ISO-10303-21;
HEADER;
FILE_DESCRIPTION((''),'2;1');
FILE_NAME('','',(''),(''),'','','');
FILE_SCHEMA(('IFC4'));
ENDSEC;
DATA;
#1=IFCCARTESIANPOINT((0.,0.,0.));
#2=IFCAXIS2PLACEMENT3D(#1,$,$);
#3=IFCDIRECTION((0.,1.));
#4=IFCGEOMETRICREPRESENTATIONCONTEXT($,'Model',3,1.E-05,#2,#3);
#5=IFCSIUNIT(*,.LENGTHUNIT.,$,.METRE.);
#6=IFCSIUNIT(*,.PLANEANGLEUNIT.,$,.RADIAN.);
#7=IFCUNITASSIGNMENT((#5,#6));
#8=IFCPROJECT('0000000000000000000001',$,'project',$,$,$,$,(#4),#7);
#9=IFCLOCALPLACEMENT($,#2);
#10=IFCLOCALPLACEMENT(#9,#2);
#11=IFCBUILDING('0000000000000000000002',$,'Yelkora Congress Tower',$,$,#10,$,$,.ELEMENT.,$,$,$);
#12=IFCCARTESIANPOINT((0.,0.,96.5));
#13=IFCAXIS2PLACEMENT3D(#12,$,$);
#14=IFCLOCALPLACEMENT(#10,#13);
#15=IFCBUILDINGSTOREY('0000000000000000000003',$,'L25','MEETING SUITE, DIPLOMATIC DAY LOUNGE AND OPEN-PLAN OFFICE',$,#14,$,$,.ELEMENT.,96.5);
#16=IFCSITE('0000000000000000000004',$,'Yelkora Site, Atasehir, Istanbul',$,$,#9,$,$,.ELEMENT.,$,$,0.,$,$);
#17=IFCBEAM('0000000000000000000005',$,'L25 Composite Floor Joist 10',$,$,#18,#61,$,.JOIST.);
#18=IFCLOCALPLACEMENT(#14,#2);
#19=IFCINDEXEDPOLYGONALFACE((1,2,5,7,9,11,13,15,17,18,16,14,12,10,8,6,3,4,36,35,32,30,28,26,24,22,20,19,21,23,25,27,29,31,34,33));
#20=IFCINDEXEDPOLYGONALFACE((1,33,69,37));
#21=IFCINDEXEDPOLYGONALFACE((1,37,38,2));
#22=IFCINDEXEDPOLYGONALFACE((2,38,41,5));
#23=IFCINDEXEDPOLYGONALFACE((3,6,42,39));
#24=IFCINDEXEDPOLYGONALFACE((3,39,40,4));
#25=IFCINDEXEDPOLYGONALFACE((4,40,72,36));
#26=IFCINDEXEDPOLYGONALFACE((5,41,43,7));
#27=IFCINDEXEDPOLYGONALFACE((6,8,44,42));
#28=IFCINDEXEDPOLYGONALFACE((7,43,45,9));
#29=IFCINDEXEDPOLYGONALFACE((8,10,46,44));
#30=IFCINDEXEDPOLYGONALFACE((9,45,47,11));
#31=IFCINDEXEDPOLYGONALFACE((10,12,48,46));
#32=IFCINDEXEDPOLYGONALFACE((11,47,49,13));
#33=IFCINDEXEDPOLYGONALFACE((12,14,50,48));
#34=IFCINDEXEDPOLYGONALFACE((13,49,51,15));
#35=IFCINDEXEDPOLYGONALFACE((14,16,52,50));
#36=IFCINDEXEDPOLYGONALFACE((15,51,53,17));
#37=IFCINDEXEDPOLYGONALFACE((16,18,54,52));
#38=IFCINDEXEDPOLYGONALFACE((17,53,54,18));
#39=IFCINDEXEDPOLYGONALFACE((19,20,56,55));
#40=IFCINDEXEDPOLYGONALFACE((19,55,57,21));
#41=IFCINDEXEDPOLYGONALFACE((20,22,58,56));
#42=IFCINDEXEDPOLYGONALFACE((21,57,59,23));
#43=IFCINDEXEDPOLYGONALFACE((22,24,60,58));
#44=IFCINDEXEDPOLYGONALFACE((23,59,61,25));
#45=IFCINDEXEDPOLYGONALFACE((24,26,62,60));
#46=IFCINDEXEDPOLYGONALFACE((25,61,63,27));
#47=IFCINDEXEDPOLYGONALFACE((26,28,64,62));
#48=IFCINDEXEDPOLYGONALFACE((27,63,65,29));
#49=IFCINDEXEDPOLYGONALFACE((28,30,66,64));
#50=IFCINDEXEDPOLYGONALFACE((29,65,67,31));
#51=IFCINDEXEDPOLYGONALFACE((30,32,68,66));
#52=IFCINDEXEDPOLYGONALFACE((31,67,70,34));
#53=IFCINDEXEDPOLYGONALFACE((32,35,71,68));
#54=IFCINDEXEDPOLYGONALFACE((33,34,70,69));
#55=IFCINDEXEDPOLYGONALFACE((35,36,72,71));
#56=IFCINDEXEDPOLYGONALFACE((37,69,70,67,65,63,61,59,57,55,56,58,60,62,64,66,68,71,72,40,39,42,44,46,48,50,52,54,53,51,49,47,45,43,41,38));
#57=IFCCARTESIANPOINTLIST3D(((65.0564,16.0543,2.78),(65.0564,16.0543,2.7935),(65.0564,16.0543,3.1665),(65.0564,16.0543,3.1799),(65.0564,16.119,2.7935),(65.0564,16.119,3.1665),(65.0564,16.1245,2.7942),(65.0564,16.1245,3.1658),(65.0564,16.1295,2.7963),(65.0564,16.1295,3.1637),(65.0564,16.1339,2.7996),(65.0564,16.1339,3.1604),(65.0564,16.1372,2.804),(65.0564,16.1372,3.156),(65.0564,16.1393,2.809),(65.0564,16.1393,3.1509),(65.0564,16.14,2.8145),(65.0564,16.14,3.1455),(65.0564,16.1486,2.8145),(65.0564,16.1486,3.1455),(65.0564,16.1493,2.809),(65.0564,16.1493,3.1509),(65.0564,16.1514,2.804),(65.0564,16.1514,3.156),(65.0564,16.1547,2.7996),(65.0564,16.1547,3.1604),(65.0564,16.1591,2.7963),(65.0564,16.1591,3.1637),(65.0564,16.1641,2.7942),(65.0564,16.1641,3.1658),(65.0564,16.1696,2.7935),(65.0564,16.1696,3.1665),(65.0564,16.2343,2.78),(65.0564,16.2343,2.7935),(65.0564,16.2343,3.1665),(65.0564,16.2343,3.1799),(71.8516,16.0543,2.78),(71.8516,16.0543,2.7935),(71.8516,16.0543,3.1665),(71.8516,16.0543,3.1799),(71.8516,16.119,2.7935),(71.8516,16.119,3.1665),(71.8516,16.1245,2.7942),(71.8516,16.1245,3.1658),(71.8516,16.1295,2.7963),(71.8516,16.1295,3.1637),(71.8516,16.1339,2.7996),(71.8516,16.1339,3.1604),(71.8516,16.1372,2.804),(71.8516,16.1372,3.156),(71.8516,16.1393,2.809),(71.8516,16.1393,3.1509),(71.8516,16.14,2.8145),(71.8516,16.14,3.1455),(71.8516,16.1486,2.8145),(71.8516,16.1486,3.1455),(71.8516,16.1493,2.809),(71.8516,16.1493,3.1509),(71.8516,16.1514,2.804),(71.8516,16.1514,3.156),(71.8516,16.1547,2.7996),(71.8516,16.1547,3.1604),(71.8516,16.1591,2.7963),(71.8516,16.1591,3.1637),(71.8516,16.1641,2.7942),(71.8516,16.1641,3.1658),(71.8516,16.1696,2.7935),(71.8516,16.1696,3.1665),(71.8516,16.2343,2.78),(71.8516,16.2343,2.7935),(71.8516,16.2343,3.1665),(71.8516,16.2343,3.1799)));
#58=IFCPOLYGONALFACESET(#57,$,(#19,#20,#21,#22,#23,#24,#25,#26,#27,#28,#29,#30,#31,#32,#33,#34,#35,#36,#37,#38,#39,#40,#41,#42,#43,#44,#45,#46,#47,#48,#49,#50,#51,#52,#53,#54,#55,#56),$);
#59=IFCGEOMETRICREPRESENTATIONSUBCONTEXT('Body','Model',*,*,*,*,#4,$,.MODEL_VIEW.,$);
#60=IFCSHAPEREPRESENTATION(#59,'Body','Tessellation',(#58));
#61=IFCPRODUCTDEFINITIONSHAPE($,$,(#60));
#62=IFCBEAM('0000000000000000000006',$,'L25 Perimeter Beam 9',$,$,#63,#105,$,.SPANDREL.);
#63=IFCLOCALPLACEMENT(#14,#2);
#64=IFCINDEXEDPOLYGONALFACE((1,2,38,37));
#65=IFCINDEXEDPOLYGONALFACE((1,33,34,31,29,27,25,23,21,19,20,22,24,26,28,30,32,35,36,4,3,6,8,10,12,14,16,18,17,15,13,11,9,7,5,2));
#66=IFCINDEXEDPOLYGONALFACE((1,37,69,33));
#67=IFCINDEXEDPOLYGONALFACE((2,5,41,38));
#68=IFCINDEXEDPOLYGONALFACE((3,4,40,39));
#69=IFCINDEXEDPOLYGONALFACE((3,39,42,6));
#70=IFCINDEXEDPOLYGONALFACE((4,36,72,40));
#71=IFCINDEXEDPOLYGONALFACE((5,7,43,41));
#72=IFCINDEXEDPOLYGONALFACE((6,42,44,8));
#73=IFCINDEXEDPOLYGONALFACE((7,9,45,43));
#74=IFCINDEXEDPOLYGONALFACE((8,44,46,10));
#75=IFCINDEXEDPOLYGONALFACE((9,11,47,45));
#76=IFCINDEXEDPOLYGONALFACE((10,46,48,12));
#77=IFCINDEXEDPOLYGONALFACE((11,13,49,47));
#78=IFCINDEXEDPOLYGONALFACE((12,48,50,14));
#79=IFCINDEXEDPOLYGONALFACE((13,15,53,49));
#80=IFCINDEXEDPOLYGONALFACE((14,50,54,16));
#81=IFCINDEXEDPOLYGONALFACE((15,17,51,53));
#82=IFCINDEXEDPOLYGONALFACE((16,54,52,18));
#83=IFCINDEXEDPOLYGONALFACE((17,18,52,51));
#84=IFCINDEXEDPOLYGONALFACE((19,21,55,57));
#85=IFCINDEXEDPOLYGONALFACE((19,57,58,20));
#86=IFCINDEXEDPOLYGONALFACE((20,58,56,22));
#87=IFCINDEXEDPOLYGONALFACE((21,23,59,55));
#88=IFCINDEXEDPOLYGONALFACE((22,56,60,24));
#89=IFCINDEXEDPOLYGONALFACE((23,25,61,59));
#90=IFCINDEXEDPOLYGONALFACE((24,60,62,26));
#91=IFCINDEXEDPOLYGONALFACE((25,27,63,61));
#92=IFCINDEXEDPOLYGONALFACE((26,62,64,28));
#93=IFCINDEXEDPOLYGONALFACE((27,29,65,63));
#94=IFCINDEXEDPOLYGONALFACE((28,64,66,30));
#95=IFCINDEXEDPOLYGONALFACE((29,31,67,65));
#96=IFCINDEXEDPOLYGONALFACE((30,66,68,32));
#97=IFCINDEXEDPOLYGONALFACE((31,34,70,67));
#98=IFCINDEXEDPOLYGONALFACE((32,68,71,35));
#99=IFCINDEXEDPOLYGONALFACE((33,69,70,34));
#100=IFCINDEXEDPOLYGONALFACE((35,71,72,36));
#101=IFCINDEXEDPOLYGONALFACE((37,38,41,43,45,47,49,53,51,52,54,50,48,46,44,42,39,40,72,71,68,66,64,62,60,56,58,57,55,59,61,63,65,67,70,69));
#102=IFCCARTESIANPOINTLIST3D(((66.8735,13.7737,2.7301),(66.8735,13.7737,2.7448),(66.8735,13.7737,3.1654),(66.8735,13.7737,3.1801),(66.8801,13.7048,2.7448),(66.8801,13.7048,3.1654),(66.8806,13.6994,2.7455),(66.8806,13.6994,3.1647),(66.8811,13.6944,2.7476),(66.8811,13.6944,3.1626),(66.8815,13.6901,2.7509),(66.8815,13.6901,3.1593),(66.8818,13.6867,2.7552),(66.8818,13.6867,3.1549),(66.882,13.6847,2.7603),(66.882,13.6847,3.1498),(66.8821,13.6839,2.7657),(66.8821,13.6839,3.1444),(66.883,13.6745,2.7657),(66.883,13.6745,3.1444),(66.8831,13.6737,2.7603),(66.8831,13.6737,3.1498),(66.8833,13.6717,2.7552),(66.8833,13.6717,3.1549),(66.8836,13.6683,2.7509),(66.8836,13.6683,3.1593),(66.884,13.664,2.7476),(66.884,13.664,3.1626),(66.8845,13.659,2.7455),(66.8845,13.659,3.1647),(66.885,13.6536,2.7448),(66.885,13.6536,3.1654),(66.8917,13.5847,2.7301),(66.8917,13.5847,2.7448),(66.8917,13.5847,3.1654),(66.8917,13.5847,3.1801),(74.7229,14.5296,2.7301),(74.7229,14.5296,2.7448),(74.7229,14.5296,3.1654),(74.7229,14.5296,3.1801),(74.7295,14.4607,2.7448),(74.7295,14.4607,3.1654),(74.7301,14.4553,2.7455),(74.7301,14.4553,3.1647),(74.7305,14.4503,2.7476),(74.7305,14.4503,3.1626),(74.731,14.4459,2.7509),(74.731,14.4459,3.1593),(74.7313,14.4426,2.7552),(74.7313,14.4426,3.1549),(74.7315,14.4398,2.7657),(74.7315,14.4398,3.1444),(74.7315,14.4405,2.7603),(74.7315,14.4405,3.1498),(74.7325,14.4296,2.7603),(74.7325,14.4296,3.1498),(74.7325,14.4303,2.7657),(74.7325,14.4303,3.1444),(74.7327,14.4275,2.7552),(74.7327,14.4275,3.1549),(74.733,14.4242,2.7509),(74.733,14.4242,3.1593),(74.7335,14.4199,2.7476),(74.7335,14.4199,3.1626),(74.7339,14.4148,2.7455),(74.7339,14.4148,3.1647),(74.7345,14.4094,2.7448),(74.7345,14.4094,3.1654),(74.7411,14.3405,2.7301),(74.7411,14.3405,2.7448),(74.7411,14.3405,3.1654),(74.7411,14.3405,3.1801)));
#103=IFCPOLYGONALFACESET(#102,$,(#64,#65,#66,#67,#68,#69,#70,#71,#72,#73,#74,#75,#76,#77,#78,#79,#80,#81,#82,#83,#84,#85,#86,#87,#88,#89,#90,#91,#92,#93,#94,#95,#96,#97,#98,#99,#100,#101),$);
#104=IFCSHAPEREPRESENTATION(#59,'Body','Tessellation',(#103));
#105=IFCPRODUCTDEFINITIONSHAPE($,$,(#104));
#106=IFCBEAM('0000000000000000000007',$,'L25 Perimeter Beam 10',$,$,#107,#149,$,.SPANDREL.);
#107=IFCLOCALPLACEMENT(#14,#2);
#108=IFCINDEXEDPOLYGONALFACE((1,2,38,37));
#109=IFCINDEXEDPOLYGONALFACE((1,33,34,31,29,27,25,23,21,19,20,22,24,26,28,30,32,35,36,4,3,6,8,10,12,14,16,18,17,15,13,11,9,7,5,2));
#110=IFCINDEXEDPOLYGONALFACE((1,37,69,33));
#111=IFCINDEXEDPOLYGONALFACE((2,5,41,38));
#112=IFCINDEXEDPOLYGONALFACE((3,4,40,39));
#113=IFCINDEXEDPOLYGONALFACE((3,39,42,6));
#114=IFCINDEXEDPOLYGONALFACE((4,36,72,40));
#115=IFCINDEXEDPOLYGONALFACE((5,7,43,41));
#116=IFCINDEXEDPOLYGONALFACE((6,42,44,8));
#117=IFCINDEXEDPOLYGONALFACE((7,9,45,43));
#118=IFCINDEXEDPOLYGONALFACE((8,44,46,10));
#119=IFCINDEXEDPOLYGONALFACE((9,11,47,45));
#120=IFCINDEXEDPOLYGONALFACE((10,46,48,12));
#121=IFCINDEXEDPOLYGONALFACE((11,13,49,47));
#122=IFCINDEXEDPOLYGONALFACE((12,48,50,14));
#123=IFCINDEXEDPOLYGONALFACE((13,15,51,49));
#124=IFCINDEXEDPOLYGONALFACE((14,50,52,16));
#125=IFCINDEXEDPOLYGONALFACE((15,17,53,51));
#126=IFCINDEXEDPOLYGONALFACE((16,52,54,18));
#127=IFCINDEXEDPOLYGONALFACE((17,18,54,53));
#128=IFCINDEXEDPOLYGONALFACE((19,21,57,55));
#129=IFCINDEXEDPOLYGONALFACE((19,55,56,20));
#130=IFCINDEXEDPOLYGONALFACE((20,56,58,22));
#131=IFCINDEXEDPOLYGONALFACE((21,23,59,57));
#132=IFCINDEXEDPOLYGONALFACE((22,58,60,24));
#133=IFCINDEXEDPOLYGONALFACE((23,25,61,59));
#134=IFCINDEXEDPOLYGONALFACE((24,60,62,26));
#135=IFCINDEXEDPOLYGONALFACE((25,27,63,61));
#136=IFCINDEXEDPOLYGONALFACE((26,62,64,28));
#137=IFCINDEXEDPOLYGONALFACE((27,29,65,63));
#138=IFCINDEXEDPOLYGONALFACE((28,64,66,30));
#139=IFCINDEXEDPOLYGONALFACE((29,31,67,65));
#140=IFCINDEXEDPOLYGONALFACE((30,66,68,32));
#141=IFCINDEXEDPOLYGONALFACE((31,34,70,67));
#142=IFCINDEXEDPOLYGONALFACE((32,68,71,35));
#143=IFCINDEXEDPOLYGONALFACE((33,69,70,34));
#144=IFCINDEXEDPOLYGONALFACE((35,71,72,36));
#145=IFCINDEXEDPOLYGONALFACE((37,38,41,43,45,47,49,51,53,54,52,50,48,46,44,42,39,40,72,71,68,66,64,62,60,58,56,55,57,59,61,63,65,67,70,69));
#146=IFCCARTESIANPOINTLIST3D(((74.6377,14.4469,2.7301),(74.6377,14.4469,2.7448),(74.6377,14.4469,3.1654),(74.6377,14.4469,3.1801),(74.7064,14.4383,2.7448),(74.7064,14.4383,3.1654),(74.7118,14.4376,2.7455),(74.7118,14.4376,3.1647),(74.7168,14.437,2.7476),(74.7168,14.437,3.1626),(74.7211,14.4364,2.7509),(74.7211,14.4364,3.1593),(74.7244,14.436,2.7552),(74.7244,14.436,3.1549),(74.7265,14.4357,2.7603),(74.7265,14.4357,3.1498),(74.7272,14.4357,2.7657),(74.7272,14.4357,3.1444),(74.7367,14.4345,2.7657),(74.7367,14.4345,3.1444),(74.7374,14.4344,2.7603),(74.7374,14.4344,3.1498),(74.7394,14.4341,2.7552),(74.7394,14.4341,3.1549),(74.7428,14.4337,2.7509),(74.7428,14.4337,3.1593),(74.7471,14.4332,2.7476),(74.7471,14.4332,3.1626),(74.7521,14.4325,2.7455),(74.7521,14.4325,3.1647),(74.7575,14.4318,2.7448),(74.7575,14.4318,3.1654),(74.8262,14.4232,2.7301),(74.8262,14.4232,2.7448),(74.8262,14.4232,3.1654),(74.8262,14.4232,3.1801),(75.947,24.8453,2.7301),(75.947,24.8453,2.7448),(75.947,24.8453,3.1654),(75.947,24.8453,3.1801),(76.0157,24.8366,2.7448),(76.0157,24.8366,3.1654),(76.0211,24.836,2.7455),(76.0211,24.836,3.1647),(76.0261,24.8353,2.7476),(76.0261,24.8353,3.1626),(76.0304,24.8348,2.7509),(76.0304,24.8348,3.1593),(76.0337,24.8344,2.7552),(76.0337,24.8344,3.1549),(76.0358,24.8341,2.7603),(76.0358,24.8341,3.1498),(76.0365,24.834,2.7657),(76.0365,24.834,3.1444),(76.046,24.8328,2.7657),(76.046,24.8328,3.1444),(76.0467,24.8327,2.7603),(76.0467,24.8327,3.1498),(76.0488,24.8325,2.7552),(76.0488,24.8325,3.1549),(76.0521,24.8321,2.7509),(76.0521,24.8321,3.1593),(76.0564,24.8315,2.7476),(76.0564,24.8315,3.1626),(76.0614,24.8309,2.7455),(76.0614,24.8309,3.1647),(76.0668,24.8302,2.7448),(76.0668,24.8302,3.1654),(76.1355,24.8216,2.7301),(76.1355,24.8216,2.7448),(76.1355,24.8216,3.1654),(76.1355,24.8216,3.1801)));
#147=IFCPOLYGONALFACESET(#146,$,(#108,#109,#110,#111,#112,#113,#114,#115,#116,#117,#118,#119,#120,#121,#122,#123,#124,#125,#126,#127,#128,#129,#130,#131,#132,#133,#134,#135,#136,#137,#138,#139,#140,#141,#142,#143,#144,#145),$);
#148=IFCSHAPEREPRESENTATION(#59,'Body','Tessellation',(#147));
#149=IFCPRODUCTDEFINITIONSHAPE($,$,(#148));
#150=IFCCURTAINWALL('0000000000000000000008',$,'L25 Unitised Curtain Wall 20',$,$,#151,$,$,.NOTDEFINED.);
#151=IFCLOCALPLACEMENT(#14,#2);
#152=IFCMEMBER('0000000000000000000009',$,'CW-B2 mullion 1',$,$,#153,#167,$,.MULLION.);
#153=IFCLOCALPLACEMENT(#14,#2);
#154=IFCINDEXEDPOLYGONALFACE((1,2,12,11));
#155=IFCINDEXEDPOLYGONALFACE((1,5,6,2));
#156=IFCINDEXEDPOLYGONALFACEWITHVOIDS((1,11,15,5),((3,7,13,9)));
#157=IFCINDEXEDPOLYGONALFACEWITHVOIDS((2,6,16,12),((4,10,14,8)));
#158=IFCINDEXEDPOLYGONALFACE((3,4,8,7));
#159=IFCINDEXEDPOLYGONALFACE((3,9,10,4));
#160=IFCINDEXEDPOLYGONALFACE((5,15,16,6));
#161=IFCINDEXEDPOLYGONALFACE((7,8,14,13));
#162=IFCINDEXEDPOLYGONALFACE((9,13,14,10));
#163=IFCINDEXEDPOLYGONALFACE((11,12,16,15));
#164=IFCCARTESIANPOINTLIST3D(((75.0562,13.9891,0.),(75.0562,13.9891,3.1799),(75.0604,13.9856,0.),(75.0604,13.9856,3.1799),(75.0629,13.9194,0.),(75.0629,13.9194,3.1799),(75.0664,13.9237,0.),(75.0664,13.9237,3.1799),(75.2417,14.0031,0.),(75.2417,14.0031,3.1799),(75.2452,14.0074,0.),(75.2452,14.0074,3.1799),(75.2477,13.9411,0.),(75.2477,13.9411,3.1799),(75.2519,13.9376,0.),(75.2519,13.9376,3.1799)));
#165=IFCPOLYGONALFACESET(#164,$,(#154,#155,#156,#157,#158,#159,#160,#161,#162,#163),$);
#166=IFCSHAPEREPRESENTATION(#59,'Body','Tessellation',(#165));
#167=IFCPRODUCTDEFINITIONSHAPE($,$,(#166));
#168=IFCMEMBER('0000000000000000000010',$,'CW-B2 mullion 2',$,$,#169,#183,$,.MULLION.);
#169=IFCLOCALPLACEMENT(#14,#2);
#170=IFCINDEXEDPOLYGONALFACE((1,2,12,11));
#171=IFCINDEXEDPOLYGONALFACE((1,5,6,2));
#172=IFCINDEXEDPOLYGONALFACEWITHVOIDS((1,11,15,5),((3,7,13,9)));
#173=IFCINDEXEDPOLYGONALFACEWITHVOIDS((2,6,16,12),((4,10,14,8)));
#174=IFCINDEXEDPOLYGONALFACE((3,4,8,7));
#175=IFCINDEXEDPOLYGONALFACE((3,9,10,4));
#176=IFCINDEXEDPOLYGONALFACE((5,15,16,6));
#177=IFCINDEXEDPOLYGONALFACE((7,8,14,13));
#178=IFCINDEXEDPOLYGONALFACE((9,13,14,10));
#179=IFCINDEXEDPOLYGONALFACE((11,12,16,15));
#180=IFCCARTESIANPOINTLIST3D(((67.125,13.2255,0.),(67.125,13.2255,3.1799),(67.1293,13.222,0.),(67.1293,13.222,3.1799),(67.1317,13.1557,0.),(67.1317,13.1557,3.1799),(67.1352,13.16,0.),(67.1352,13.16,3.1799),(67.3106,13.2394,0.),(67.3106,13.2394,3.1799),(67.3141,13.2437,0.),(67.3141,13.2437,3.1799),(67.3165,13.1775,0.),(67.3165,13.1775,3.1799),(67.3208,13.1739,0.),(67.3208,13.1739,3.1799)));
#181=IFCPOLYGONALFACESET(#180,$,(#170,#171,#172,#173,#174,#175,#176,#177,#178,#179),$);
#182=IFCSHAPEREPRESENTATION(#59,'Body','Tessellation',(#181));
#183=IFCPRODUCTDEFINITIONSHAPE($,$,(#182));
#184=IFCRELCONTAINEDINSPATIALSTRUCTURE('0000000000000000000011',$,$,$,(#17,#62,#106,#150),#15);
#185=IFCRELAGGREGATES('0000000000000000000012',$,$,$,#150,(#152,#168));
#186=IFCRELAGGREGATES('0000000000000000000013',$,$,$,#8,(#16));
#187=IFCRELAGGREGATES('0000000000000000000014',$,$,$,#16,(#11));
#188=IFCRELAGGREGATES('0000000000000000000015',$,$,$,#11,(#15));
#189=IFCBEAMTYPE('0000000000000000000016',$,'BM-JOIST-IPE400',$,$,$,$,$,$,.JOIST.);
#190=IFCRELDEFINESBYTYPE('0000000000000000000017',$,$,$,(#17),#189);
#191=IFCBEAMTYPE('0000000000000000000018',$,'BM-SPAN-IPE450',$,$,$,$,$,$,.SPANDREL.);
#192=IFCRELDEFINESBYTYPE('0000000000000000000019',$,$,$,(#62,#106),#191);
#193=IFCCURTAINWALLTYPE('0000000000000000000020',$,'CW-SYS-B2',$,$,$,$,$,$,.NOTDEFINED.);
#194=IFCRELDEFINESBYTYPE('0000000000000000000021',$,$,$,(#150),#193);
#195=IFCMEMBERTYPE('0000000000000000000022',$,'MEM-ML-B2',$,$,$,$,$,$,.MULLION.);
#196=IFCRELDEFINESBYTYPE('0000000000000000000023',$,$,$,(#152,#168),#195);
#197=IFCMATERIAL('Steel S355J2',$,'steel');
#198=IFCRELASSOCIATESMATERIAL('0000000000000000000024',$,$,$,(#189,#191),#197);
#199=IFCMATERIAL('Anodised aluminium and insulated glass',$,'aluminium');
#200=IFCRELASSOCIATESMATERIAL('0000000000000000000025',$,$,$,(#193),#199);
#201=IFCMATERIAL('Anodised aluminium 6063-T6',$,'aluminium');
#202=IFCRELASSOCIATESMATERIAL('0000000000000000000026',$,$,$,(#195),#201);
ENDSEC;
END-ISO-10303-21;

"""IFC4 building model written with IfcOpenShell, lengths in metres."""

from ifc_helpers import new_model, si_unit, direction, frame, origin, origin_2d, place, context, subcontext, project, spatial, hollow_rectangle, i_section, extrude, material, material_profile, profile_set, type_object, element, aggregate, save


model = new_model("IFC4")

# Units and contexts
model_context = context("Model", 3, precision=1e-05, world=origin(), true_north=direction((0.0, 1.0)))
body_context = subcontext(model_context, "Body", "Model", "MODEL_VIEW")
ifc_project = project(units=[si_unit("LENGTHUNIT", "METRE"), si_unit("PLANEANGLEUNIT", "RADIAN")], contexts=[model_context])

# Site, building, storey
site_placement = place(None, origin())
site = spatial("IfcSite", under=ifc_project, at=site_placement, Name="Yelkora Site, Atasehir, Istanbul", CompositionType="ELEMENT", RefElevation=0.0)
building_placement = place(site_placement, origin())
building = spatial("IfcBuilding", under=site, at=building_placement, Name="Yelkora Congress Tower", CompositionType="ELEMENT")
storey_placement = place(building_placement, frame((0.0, 0.0, 96.5)))
storey = spatial("IfcBuildingStorey", under=building, at=storey_placement, Name="L25", Description="MEETING SUITE, DIPLOMATIC DAY LOUNGE AND OPEN-PLAN OFFICE", CompositionType="ELEMENT", Elevation=96.5)

# Beams
ifc_material_1 = material(Name="Steel S355J2", Category="steel")
ifc_material_profile_1 = material_profile(ifc_material_1, i_section(OverallWidth=0.1799, OverallDepth=0.3999, WebThickness=0.0085, FlangeThickness=0.0134, FilletRadius=0.021, at=origin_2d()), Name="IPE 400")
ifc_profile_set_1 = profile_set([ifc_material_profile_1], Name="Steel S355J2")
beam_type_1 = type_object("IfcBeamType", Name="BM-JOIST-IPE400", PredefinedType="JOIST", material=ifc_profile_set_1)
beam_1_placement = place(storey_placement, frame((65.0564, 16.1443, 2.98), z_axis=(1.0, 0.0, 0.0), x_axis=(0.0, 1.0, 0.0)))
element("IfcBeam", 1, at=beam_1_placement, inside=storey, type_object=beam_type_1, Name="L25 Composite Floor Joist 10", PredefinedType="JOIST", context=body_context, shape_type="SweptSolid", body=[
    extrude(i_section(OverallWidth=0.1799, OverallDepth=0.3999, WebThickness=0.0085, FlangeThickness=0.0134, FilletRadius=0.021, at=origin_2d()), origin(), (0.0, 0.0, 1.0), 6.7952),
])
ifc_material_profile_2 = material_profile(ifc_material_1, i_section(OverallWidth=0.1899, OverallDepth=0.45, WebThickness=0.0095, FlangeThickness=0.0146, FilletRadius=0.021, at=origin_2d()), Name="IPE 450")
ifc_profile_set_2 = profile_set([ifc_material_profile_2], Name="Steel S355J2")
beam_type_2 = type_object("IfcBeamType", Name="BM-SPAN-IPE450", PredefinedType="SPANDREL", material=ifc_profile_set_2)
beam_2_placement = place(storey_placement, frame((66.8826, 13.6792, 2.9551), z_axis=(0.995396, 0.095852, 0.0), x_axis=(-0.095852, 0.995396, 0.0)))
element("IfcBeam", 2, at=beam_2_placement, inside=storey, type_object=beam_type_2, Name="L25 Perimeter Beam 9", PredefinedType="SPANDREL", context=body_context, shape_type="SweptSolid", body=[
    extrude(i_section(OverallWidth=0.1899, OverallDepth=0.45, WebThickness=0.0095, FlangeThickness=0.0146, FilletRadius=0.021, at=origin_2d()), origin(), (0.0, 0.0, 1.0), 7.8857),
])
beam_3_placement = place(storey_placement, frame((74.7319, 14.4351, 2.9551), z_axis=(0.124929, 0.992166, 0.0), x_axis=(-0.992166, 0.124929, 0.0)))
element("IfcBeam", 3, at=beam_3_placement, inside=storey, type_object=beam_type_2, Name="L25 Perimeter Beam 10", PredefinedType="SPANDREL", context=body_context, shape_type="SweptSolid", body=[
    extrude(i_section(OverallWidth=0.1899, OverallDepth=0.45, WebThickness=0.0095, FlangeThickness=0.0146, FilletRadius=0.021, at=origin_2d()), origin(), (0.0, 0.0, 1.0), 10.4805),
])

# Curtain wall, members
ifc_material_2 = material(Name="Anodised aluminium and insulated glass", Category="aluminium")
curtain_wall_type = type_object("IfcCurtainWallType", Name="CW-SYS-B2", PredefinedType="NOTDEFINED", material=ifc_material_2)
curtain_wall_placement = place(storey_placement, origin())
curtain_wall = element("IfcCurtainWall", 4, at=curtain_wall_placement, inside=storey, type_object=curtain_wall_type, Name="L25 Unitised Curtain Wall 20", PredefinedType="NOTDEFINED")
ifc_material_3 = material(Name="Anodised aluminium 6063-T6", Category="aluminium")
ifc_material_profile_3 = material_profile(ifc_material_3, hollow_rectangle(XDim=0.0701, YDim=0.1899, WallThickness=0.0039, at=origin_2d()), Name="ALU 70x190x4")
ifc_profile_set_3 = profile_set([ifc_material_profile_3], Name="Anodised aluminium 6063-T6")
member_type_1 = type_object("IfcMemberType", Name="MEM-ML-B2", PredefinedType="MULLION", material=ifc_profile_set_3)
member_1_placement = place(storey_placement, frame((75.1541, 13.9634, 0.0), z_axis=(0.0, 0.0, 1.0), x_axis=(0.095844, -0.995396, 0.0)))
member_1 = element("IfcMember", 5, at=member_1_placement, type_object=member_type_1, Name="CW-B2 mullion 1", PredefinedType="MULLION", context=body_context, shape_type="SweptSolid", body=[
    extrude(hollow_rectangle(XDim=0.0701, YDim=0.1899, WallThickness=0.0039, at=origin_2d()), origin(), (0.0, 0.0, 1.0), 3.1799),
])
member_2_placement = place(storey_placement, frame((67.2229, 13.1997, 0.0), z_axis=(0.0, 0.0, 1.0), x_axis=(0.095844, -0.995396, 0.0)))
member_2 = element("IfcMember", 6, at=member_2_placement, type_object=member_type_1, Name="CW-B2 mullion 2", PredefinedType="MULLION", context=body_context, shape_type="SweptSolid", body=[
    extrude(hollow_rectangle(XDim=0.0701, YDim=0.1899, WallThickness=0.0039, at=origin_2d()), origin(), (0.0, 0.0, 1.0), 3.1799),
])
aggregate(curtain_wall, [member_1, member_2])

save(model, "model.ifc")
